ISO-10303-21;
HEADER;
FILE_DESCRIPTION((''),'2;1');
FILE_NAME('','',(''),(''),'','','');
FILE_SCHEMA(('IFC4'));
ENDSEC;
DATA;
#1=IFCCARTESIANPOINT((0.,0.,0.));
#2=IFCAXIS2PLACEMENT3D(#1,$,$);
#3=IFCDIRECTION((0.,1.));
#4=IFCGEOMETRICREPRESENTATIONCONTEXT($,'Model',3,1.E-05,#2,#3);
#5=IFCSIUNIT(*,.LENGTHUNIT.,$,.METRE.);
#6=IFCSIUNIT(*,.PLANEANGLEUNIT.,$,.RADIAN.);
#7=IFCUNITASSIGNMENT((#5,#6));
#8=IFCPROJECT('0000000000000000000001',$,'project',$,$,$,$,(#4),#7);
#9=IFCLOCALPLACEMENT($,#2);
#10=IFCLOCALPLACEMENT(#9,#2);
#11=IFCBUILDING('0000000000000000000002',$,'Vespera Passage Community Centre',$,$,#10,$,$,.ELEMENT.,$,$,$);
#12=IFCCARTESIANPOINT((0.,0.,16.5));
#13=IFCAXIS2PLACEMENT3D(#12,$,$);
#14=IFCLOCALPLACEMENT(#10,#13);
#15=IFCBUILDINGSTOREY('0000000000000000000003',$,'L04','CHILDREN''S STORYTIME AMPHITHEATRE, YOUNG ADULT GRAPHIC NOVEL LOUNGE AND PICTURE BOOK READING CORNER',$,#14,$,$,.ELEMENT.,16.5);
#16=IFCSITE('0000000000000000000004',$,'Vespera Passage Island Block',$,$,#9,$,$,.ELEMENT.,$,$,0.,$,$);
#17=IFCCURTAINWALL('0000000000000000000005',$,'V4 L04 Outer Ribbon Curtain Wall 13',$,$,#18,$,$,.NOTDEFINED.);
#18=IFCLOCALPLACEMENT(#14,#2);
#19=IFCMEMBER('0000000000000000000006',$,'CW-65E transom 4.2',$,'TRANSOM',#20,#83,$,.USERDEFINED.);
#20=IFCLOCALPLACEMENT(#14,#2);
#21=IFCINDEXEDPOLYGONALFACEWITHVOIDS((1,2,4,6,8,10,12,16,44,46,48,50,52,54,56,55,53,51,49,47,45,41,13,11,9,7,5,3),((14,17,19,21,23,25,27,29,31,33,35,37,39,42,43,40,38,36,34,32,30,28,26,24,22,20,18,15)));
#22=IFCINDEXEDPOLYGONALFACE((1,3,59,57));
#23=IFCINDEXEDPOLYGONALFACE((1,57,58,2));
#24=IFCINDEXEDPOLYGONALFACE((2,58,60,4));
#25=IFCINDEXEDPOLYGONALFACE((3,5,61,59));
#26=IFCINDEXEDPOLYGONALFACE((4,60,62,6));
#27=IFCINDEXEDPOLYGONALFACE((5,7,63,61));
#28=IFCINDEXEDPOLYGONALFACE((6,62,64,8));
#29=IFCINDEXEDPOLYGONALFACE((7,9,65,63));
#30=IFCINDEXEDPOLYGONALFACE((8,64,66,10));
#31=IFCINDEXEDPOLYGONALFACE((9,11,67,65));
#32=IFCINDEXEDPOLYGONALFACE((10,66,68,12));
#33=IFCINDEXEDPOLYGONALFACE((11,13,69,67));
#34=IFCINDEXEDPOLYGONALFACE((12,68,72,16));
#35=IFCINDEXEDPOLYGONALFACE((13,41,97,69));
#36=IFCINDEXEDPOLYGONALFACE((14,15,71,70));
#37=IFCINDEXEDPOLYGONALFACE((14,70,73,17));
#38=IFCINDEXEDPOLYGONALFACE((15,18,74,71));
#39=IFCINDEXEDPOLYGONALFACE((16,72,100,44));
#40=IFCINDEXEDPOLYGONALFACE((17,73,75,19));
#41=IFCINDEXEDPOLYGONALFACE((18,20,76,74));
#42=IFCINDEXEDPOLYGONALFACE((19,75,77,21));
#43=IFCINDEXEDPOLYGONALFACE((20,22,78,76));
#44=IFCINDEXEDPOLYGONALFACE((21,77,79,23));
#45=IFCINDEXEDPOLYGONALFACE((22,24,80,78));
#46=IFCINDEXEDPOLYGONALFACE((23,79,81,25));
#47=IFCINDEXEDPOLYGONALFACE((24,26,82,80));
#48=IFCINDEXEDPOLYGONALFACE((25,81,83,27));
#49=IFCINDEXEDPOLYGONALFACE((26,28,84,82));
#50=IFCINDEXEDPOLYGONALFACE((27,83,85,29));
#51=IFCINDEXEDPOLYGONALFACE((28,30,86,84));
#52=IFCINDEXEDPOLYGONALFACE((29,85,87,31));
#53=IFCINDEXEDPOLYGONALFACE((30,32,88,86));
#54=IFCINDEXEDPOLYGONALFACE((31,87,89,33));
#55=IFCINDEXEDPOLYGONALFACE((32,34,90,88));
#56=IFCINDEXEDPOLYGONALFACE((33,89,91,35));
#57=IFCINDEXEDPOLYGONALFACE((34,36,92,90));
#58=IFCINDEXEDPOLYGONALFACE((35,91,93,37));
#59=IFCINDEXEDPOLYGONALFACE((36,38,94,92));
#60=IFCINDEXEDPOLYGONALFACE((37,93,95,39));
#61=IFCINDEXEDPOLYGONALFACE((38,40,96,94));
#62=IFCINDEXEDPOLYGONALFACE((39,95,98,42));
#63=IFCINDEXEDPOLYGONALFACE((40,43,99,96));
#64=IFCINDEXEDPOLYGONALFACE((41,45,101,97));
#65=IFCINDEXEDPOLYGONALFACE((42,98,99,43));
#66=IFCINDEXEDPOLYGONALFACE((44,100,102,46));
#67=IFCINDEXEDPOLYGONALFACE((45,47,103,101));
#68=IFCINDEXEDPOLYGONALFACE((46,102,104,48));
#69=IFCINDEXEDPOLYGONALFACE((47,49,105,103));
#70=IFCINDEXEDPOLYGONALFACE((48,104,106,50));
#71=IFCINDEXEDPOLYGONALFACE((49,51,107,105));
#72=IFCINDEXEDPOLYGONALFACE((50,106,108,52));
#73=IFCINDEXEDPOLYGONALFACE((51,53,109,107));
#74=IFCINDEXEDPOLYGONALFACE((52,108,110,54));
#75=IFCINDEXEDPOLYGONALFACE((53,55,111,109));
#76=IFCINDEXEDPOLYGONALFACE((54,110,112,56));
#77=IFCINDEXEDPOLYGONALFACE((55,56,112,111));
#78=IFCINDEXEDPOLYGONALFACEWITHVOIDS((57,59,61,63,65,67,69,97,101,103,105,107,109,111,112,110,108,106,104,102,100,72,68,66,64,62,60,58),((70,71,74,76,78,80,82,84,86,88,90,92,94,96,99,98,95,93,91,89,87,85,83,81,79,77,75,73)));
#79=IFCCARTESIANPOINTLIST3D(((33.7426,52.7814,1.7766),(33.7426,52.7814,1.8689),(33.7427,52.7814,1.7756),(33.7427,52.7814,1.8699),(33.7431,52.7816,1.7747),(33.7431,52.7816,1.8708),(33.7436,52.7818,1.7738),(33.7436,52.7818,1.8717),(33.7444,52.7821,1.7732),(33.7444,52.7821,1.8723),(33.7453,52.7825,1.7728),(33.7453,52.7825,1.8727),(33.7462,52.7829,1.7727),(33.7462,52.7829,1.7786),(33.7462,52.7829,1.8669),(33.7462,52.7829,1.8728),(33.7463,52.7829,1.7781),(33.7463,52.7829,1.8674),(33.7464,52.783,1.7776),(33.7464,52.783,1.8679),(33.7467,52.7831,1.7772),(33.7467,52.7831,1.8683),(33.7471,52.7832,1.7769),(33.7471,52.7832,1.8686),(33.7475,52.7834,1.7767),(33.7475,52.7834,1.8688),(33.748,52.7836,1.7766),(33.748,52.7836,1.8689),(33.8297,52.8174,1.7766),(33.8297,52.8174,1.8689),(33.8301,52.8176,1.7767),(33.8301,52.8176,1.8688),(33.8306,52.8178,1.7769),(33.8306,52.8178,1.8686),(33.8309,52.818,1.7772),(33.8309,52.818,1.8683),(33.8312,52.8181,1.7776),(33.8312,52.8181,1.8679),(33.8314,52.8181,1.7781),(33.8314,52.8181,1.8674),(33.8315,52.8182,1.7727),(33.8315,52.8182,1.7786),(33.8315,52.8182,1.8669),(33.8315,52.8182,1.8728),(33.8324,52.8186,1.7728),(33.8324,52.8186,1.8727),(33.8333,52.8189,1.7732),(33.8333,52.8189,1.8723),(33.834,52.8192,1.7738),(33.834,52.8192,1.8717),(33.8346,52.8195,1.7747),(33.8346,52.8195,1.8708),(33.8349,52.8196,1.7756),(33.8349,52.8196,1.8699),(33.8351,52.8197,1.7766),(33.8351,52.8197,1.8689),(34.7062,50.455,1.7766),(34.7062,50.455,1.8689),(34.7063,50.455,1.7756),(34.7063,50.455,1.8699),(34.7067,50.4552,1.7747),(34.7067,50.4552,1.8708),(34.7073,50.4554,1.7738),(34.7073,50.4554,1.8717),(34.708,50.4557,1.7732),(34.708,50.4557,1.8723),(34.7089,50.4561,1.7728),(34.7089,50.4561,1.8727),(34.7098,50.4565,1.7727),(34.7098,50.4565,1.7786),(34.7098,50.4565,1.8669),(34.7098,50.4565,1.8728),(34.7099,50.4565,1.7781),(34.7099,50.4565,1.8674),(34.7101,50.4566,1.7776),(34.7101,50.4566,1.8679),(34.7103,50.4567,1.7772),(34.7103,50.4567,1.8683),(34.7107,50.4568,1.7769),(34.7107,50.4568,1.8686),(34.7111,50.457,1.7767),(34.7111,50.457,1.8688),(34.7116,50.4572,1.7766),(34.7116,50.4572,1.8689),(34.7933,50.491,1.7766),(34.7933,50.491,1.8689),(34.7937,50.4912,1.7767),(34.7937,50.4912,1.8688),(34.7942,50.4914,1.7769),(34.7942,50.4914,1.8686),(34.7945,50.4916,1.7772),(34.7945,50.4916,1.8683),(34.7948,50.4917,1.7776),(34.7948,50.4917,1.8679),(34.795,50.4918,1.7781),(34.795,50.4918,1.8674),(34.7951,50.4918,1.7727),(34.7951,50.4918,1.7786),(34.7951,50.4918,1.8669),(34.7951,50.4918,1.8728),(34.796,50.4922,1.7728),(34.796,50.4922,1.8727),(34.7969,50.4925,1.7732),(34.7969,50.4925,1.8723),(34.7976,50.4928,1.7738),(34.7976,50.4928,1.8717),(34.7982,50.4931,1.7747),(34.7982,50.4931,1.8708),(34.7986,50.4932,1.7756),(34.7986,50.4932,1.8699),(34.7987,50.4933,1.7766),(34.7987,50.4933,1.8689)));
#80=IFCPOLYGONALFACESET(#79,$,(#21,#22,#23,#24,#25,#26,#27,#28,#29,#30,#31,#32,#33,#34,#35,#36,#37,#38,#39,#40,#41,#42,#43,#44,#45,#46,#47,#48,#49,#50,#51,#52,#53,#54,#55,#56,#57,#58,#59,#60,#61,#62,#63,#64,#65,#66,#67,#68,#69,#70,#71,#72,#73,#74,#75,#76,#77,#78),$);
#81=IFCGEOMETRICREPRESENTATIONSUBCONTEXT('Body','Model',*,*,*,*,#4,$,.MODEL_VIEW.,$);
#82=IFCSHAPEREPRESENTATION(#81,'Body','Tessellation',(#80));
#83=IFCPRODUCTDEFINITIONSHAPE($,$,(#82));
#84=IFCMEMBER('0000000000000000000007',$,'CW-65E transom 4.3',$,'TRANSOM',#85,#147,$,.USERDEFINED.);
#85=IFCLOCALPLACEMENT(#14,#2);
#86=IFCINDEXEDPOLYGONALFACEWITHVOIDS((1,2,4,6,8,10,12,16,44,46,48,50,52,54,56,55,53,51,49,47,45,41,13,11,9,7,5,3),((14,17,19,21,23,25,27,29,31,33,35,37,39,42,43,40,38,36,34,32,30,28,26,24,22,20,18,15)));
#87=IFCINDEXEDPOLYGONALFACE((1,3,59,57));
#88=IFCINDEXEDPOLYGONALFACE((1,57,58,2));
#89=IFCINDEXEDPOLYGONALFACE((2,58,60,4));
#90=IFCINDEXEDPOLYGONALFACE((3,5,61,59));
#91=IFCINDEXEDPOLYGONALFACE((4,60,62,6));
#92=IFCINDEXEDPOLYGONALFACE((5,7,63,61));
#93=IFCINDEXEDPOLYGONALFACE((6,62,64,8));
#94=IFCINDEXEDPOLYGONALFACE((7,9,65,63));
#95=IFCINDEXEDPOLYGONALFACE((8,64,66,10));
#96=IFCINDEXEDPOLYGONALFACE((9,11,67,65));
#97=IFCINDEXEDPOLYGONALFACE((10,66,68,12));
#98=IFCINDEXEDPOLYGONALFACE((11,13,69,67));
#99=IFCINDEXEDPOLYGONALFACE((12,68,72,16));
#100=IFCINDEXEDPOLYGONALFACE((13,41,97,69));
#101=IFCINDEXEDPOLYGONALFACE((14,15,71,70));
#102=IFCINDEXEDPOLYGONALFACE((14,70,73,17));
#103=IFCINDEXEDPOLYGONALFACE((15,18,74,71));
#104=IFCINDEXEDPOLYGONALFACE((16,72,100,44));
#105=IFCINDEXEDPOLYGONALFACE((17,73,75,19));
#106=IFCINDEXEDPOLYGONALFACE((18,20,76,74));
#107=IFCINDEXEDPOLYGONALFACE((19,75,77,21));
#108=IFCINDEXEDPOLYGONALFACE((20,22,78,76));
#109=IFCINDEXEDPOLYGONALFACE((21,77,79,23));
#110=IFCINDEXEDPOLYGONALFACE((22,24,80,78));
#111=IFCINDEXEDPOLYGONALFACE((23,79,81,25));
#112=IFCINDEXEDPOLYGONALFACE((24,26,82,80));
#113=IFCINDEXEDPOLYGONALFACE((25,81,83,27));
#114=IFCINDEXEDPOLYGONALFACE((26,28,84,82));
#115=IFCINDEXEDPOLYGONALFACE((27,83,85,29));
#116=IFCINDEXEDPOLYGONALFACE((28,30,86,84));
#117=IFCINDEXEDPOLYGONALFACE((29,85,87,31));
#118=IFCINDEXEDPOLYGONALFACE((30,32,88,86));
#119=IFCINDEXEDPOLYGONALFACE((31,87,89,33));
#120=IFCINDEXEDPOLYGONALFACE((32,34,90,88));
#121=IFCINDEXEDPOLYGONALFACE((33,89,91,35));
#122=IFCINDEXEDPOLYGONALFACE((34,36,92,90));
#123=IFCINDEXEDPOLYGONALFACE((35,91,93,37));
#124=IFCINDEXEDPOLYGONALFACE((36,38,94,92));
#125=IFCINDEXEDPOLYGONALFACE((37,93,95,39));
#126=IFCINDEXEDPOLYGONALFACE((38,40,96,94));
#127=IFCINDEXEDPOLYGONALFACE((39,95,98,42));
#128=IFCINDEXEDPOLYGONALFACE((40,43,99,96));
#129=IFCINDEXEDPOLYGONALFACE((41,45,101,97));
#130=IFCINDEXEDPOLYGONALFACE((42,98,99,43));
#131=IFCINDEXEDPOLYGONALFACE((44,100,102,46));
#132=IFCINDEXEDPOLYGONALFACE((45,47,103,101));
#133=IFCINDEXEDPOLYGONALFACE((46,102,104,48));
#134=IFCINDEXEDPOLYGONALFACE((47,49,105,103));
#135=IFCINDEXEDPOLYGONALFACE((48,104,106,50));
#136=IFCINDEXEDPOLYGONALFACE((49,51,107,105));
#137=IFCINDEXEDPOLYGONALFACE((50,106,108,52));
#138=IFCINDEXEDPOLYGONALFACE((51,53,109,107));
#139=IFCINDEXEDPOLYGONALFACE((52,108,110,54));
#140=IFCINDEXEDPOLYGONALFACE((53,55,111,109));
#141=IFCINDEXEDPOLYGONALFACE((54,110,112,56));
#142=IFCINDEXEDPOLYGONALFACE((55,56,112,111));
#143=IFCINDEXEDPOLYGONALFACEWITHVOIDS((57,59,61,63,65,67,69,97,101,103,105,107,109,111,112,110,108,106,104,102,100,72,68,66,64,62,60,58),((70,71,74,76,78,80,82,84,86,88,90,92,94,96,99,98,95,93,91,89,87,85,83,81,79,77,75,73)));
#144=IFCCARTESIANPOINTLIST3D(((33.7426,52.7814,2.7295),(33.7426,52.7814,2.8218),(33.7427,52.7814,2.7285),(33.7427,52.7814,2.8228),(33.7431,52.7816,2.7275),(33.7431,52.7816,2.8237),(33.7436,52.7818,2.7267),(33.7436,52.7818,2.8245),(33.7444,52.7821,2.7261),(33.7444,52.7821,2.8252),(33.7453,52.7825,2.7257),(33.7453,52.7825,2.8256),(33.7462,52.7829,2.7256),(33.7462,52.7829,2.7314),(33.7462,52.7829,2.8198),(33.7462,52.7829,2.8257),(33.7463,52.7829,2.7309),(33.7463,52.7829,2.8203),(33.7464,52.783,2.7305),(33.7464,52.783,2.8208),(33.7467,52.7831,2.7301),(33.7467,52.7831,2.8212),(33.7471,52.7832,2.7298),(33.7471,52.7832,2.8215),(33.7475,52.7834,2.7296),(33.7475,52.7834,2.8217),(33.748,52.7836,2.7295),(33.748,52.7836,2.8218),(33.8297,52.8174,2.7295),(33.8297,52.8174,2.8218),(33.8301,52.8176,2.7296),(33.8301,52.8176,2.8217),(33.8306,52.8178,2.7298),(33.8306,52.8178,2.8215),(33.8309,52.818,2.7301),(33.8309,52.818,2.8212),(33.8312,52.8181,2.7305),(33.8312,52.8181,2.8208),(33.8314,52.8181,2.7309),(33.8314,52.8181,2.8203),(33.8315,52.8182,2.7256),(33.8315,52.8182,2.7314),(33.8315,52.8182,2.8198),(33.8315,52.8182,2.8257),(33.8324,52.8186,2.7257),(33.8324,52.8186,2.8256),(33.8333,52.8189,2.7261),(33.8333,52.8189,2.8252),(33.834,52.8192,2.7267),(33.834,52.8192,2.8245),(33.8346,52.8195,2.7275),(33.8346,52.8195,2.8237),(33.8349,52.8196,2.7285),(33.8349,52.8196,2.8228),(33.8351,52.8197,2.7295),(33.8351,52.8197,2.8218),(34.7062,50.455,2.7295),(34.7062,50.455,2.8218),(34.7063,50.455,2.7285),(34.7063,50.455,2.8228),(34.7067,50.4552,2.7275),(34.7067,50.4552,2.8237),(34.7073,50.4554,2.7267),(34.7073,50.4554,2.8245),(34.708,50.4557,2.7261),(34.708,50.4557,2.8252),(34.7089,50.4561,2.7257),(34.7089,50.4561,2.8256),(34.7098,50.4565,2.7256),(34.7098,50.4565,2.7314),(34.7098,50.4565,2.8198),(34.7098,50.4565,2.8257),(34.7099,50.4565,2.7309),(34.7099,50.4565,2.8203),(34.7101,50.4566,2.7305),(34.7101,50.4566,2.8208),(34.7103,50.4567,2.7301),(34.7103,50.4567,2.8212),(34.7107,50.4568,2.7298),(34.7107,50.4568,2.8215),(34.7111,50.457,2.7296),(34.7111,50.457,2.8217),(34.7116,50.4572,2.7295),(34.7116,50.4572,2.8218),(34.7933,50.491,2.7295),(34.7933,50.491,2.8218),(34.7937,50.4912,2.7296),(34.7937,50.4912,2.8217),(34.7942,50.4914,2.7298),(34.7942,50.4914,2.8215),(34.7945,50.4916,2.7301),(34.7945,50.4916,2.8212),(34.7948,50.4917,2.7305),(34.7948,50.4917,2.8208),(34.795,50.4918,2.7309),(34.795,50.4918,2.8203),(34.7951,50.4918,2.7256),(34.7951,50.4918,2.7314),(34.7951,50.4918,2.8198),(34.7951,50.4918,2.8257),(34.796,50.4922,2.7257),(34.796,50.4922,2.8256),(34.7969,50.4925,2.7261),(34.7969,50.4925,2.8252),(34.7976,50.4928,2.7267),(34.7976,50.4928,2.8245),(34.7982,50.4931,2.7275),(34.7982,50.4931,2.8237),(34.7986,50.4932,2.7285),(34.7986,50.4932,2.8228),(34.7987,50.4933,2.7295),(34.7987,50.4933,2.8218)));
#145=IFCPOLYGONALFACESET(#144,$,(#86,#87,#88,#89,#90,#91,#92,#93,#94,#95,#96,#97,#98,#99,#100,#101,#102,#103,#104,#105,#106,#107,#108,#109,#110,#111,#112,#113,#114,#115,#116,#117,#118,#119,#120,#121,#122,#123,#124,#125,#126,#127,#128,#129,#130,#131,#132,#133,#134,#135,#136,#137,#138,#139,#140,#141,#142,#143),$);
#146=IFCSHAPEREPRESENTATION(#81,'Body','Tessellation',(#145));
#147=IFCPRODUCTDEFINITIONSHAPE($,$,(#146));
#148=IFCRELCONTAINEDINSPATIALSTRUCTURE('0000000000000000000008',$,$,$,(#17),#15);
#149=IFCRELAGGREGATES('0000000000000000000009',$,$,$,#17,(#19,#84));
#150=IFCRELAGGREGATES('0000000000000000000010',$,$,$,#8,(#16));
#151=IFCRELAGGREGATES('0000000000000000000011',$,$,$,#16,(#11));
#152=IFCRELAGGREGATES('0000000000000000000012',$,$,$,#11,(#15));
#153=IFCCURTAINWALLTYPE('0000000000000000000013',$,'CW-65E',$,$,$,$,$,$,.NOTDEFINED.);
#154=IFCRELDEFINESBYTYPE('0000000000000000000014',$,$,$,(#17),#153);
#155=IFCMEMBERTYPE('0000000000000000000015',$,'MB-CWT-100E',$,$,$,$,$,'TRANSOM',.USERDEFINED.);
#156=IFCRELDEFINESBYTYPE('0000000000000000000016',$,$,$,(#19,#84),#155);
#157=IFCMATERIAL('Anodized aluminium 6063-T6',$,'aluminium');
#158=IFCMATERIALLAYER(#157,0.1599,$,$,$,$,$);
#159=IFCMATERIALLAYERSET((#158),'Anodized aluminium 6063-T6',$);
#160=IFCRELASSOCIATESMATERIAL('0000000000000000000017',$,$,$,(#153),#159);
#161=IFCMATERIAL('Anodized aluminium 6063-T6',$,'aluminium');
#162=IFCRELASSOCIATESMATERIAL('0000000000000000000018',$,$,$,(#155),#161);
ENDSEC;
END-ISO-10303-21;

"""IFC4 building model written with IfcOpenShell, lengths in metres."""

from ifc_helpers import new_model, si_unit, direction, frame, origin, origin_2d, place, context, subcontext, project, spatial, hollow_rectangle, extrude, material, layer, layer_set, material_profile, profile_set, type_object, element, aggregate, save


model = new_model("IFC4")

# Units and contexts
model_context = context("Model", 3, precision=1e-05, world=origin(), true_north=direction((0.0, 1.0)))
body_context = subcontext(model_context, "Body", "Model", "MODEL_VIEW")
ifc_project = project(units=[si_unit("LENGTHUNIT", "METRE"), si_unit("PLANEANGLEUNIT", "RADIAN")], contexts=[model_context])

# Site, building, storey
site_placement = place(None, origin())
site = spatial("IfcSite", under=ifc_project, at=site_placement, Name="Vespera Passage Island Block", CompositionType="ELEMENT", RefElevation=0.0)
building_placement = place(site_placement, origin())
building = spatial("IfcBuilding", under=site, at=building_placement, Name="Vespera Passage Community Centre", CompositionType="ELEMENT")
storey_placement = place(building_placement, frame((0.0, 0.0, 16.5)))
storey = spatial("IfcBuildingStorey", under=building, at=storey_placement, Name="L04", Description="CHILDREN'S STORYTIME AMPHITHEATRE, YOUNG ADULT GRAPHIC NOVEL LOUNGE AND PICTURE BOOK READING CORNER", CompositionType="ELEMENT", Elevation=16.5)

# Curtain wall, members
ifc_material_1 = material(Name="Anodized aluminium 6063-T6", Category="aluminium")
ifc_layer_1 = layer(ifc_material_1, 0.1599)
ifc_layer_set_1 = layer_set([ifc_layer_1], Name="Anodized aluminium 6063-T6")
curtain_wall_type = type_object("IfcCurtainWallType", Name="CW-65E", PredefinedType="NOTDEFINED", material=ifc_layer_set_1)
curtain_wall_placement = place(storey_placement, origin())
curtain_wall = element("IfcCurtainWall", 1, at=curtain_wall_placement, inside=storey, type_object=curtain_wall_type, Name="V4 L04 Outer Ribbon Curtain Wall 13", PredefinedType="NOTDEFINED")
ifc_material_2 = material(Name="Anodized aluminium 6063-T6", Category="aluminium")
ifc_material_profile_1 = material_profile(ifc_material_2, hollow_rectangle(XDim=0.1001, YDim=0.1001, WallThickness=0.0039, InnerFilletRadius=0.002, OuterFilletRadius=0.0039, at=origin_2d()), Name="ALU100X100X4")
ifc_profile_set_1 = profile_set([ifc_material_profile_1], Name="Anodized aluminium 6063-T6")
member_type_1 = type_object("IfcMemberType", Name="MB-CWT-100E", ElementType="TRANSOM", PredefinedType="USERDEFINED", material=ifc_profile_set_1)
member_1_placement = place(storey_placement, frame((34.7524, 50.4741, 1.8228), z_axis=(-0.38268, 0.923881, 0.0), x_axis=(-0.923881, -0.38268, 0.0)))
member_1 = element("IfcMember", 2, at=member_1_placement, type_object=member_type_1, Name="CW-65E transom 4.2", ObjectType="TRANSOM", PredefinedType="USERDEFINED", context=body_context, shape_type="SweptSolid", body=[
    extrude(hollow_rectangle(XDim=0.1001, YDim=0.1001, WallThickness=0.0039, InnerFilletRadius=0.002, OuterFilletRadius=0.0039, at=origin_2d()), origin(), (0.0, 0.0, 1.0), 2.5181),
])
member_2_placement = place(storey_placement, frame((34.7524, 50.4741, 2.7756), z_axis=(-0.38268, 0.923881, 0.0), x_axis=(-0.923881, -0.38268, 0.0)))
member_2 = element("IfcMember", 3, at=member_2_placement, type_object=member_type_1, Name="CW-65E transom 4.3", ObjectType="TRANSOM", PredefinedType="USERDEFINED", context=body_context, shape_type="SweptSolid", body=[
    extrude(hollow_rectangle(XDim=0.1001, YDim=0.1001, WallThickness=0.0039, InnerFilletRadius=0.002, OuterFilletRadius=0.0039, at=origin_2d()), origin(), (0.0, 0.0, 1.0), 2.5181),
])

aggregate(curtain_wall, [member_1, member_2])

save(model, "model.ifc")
